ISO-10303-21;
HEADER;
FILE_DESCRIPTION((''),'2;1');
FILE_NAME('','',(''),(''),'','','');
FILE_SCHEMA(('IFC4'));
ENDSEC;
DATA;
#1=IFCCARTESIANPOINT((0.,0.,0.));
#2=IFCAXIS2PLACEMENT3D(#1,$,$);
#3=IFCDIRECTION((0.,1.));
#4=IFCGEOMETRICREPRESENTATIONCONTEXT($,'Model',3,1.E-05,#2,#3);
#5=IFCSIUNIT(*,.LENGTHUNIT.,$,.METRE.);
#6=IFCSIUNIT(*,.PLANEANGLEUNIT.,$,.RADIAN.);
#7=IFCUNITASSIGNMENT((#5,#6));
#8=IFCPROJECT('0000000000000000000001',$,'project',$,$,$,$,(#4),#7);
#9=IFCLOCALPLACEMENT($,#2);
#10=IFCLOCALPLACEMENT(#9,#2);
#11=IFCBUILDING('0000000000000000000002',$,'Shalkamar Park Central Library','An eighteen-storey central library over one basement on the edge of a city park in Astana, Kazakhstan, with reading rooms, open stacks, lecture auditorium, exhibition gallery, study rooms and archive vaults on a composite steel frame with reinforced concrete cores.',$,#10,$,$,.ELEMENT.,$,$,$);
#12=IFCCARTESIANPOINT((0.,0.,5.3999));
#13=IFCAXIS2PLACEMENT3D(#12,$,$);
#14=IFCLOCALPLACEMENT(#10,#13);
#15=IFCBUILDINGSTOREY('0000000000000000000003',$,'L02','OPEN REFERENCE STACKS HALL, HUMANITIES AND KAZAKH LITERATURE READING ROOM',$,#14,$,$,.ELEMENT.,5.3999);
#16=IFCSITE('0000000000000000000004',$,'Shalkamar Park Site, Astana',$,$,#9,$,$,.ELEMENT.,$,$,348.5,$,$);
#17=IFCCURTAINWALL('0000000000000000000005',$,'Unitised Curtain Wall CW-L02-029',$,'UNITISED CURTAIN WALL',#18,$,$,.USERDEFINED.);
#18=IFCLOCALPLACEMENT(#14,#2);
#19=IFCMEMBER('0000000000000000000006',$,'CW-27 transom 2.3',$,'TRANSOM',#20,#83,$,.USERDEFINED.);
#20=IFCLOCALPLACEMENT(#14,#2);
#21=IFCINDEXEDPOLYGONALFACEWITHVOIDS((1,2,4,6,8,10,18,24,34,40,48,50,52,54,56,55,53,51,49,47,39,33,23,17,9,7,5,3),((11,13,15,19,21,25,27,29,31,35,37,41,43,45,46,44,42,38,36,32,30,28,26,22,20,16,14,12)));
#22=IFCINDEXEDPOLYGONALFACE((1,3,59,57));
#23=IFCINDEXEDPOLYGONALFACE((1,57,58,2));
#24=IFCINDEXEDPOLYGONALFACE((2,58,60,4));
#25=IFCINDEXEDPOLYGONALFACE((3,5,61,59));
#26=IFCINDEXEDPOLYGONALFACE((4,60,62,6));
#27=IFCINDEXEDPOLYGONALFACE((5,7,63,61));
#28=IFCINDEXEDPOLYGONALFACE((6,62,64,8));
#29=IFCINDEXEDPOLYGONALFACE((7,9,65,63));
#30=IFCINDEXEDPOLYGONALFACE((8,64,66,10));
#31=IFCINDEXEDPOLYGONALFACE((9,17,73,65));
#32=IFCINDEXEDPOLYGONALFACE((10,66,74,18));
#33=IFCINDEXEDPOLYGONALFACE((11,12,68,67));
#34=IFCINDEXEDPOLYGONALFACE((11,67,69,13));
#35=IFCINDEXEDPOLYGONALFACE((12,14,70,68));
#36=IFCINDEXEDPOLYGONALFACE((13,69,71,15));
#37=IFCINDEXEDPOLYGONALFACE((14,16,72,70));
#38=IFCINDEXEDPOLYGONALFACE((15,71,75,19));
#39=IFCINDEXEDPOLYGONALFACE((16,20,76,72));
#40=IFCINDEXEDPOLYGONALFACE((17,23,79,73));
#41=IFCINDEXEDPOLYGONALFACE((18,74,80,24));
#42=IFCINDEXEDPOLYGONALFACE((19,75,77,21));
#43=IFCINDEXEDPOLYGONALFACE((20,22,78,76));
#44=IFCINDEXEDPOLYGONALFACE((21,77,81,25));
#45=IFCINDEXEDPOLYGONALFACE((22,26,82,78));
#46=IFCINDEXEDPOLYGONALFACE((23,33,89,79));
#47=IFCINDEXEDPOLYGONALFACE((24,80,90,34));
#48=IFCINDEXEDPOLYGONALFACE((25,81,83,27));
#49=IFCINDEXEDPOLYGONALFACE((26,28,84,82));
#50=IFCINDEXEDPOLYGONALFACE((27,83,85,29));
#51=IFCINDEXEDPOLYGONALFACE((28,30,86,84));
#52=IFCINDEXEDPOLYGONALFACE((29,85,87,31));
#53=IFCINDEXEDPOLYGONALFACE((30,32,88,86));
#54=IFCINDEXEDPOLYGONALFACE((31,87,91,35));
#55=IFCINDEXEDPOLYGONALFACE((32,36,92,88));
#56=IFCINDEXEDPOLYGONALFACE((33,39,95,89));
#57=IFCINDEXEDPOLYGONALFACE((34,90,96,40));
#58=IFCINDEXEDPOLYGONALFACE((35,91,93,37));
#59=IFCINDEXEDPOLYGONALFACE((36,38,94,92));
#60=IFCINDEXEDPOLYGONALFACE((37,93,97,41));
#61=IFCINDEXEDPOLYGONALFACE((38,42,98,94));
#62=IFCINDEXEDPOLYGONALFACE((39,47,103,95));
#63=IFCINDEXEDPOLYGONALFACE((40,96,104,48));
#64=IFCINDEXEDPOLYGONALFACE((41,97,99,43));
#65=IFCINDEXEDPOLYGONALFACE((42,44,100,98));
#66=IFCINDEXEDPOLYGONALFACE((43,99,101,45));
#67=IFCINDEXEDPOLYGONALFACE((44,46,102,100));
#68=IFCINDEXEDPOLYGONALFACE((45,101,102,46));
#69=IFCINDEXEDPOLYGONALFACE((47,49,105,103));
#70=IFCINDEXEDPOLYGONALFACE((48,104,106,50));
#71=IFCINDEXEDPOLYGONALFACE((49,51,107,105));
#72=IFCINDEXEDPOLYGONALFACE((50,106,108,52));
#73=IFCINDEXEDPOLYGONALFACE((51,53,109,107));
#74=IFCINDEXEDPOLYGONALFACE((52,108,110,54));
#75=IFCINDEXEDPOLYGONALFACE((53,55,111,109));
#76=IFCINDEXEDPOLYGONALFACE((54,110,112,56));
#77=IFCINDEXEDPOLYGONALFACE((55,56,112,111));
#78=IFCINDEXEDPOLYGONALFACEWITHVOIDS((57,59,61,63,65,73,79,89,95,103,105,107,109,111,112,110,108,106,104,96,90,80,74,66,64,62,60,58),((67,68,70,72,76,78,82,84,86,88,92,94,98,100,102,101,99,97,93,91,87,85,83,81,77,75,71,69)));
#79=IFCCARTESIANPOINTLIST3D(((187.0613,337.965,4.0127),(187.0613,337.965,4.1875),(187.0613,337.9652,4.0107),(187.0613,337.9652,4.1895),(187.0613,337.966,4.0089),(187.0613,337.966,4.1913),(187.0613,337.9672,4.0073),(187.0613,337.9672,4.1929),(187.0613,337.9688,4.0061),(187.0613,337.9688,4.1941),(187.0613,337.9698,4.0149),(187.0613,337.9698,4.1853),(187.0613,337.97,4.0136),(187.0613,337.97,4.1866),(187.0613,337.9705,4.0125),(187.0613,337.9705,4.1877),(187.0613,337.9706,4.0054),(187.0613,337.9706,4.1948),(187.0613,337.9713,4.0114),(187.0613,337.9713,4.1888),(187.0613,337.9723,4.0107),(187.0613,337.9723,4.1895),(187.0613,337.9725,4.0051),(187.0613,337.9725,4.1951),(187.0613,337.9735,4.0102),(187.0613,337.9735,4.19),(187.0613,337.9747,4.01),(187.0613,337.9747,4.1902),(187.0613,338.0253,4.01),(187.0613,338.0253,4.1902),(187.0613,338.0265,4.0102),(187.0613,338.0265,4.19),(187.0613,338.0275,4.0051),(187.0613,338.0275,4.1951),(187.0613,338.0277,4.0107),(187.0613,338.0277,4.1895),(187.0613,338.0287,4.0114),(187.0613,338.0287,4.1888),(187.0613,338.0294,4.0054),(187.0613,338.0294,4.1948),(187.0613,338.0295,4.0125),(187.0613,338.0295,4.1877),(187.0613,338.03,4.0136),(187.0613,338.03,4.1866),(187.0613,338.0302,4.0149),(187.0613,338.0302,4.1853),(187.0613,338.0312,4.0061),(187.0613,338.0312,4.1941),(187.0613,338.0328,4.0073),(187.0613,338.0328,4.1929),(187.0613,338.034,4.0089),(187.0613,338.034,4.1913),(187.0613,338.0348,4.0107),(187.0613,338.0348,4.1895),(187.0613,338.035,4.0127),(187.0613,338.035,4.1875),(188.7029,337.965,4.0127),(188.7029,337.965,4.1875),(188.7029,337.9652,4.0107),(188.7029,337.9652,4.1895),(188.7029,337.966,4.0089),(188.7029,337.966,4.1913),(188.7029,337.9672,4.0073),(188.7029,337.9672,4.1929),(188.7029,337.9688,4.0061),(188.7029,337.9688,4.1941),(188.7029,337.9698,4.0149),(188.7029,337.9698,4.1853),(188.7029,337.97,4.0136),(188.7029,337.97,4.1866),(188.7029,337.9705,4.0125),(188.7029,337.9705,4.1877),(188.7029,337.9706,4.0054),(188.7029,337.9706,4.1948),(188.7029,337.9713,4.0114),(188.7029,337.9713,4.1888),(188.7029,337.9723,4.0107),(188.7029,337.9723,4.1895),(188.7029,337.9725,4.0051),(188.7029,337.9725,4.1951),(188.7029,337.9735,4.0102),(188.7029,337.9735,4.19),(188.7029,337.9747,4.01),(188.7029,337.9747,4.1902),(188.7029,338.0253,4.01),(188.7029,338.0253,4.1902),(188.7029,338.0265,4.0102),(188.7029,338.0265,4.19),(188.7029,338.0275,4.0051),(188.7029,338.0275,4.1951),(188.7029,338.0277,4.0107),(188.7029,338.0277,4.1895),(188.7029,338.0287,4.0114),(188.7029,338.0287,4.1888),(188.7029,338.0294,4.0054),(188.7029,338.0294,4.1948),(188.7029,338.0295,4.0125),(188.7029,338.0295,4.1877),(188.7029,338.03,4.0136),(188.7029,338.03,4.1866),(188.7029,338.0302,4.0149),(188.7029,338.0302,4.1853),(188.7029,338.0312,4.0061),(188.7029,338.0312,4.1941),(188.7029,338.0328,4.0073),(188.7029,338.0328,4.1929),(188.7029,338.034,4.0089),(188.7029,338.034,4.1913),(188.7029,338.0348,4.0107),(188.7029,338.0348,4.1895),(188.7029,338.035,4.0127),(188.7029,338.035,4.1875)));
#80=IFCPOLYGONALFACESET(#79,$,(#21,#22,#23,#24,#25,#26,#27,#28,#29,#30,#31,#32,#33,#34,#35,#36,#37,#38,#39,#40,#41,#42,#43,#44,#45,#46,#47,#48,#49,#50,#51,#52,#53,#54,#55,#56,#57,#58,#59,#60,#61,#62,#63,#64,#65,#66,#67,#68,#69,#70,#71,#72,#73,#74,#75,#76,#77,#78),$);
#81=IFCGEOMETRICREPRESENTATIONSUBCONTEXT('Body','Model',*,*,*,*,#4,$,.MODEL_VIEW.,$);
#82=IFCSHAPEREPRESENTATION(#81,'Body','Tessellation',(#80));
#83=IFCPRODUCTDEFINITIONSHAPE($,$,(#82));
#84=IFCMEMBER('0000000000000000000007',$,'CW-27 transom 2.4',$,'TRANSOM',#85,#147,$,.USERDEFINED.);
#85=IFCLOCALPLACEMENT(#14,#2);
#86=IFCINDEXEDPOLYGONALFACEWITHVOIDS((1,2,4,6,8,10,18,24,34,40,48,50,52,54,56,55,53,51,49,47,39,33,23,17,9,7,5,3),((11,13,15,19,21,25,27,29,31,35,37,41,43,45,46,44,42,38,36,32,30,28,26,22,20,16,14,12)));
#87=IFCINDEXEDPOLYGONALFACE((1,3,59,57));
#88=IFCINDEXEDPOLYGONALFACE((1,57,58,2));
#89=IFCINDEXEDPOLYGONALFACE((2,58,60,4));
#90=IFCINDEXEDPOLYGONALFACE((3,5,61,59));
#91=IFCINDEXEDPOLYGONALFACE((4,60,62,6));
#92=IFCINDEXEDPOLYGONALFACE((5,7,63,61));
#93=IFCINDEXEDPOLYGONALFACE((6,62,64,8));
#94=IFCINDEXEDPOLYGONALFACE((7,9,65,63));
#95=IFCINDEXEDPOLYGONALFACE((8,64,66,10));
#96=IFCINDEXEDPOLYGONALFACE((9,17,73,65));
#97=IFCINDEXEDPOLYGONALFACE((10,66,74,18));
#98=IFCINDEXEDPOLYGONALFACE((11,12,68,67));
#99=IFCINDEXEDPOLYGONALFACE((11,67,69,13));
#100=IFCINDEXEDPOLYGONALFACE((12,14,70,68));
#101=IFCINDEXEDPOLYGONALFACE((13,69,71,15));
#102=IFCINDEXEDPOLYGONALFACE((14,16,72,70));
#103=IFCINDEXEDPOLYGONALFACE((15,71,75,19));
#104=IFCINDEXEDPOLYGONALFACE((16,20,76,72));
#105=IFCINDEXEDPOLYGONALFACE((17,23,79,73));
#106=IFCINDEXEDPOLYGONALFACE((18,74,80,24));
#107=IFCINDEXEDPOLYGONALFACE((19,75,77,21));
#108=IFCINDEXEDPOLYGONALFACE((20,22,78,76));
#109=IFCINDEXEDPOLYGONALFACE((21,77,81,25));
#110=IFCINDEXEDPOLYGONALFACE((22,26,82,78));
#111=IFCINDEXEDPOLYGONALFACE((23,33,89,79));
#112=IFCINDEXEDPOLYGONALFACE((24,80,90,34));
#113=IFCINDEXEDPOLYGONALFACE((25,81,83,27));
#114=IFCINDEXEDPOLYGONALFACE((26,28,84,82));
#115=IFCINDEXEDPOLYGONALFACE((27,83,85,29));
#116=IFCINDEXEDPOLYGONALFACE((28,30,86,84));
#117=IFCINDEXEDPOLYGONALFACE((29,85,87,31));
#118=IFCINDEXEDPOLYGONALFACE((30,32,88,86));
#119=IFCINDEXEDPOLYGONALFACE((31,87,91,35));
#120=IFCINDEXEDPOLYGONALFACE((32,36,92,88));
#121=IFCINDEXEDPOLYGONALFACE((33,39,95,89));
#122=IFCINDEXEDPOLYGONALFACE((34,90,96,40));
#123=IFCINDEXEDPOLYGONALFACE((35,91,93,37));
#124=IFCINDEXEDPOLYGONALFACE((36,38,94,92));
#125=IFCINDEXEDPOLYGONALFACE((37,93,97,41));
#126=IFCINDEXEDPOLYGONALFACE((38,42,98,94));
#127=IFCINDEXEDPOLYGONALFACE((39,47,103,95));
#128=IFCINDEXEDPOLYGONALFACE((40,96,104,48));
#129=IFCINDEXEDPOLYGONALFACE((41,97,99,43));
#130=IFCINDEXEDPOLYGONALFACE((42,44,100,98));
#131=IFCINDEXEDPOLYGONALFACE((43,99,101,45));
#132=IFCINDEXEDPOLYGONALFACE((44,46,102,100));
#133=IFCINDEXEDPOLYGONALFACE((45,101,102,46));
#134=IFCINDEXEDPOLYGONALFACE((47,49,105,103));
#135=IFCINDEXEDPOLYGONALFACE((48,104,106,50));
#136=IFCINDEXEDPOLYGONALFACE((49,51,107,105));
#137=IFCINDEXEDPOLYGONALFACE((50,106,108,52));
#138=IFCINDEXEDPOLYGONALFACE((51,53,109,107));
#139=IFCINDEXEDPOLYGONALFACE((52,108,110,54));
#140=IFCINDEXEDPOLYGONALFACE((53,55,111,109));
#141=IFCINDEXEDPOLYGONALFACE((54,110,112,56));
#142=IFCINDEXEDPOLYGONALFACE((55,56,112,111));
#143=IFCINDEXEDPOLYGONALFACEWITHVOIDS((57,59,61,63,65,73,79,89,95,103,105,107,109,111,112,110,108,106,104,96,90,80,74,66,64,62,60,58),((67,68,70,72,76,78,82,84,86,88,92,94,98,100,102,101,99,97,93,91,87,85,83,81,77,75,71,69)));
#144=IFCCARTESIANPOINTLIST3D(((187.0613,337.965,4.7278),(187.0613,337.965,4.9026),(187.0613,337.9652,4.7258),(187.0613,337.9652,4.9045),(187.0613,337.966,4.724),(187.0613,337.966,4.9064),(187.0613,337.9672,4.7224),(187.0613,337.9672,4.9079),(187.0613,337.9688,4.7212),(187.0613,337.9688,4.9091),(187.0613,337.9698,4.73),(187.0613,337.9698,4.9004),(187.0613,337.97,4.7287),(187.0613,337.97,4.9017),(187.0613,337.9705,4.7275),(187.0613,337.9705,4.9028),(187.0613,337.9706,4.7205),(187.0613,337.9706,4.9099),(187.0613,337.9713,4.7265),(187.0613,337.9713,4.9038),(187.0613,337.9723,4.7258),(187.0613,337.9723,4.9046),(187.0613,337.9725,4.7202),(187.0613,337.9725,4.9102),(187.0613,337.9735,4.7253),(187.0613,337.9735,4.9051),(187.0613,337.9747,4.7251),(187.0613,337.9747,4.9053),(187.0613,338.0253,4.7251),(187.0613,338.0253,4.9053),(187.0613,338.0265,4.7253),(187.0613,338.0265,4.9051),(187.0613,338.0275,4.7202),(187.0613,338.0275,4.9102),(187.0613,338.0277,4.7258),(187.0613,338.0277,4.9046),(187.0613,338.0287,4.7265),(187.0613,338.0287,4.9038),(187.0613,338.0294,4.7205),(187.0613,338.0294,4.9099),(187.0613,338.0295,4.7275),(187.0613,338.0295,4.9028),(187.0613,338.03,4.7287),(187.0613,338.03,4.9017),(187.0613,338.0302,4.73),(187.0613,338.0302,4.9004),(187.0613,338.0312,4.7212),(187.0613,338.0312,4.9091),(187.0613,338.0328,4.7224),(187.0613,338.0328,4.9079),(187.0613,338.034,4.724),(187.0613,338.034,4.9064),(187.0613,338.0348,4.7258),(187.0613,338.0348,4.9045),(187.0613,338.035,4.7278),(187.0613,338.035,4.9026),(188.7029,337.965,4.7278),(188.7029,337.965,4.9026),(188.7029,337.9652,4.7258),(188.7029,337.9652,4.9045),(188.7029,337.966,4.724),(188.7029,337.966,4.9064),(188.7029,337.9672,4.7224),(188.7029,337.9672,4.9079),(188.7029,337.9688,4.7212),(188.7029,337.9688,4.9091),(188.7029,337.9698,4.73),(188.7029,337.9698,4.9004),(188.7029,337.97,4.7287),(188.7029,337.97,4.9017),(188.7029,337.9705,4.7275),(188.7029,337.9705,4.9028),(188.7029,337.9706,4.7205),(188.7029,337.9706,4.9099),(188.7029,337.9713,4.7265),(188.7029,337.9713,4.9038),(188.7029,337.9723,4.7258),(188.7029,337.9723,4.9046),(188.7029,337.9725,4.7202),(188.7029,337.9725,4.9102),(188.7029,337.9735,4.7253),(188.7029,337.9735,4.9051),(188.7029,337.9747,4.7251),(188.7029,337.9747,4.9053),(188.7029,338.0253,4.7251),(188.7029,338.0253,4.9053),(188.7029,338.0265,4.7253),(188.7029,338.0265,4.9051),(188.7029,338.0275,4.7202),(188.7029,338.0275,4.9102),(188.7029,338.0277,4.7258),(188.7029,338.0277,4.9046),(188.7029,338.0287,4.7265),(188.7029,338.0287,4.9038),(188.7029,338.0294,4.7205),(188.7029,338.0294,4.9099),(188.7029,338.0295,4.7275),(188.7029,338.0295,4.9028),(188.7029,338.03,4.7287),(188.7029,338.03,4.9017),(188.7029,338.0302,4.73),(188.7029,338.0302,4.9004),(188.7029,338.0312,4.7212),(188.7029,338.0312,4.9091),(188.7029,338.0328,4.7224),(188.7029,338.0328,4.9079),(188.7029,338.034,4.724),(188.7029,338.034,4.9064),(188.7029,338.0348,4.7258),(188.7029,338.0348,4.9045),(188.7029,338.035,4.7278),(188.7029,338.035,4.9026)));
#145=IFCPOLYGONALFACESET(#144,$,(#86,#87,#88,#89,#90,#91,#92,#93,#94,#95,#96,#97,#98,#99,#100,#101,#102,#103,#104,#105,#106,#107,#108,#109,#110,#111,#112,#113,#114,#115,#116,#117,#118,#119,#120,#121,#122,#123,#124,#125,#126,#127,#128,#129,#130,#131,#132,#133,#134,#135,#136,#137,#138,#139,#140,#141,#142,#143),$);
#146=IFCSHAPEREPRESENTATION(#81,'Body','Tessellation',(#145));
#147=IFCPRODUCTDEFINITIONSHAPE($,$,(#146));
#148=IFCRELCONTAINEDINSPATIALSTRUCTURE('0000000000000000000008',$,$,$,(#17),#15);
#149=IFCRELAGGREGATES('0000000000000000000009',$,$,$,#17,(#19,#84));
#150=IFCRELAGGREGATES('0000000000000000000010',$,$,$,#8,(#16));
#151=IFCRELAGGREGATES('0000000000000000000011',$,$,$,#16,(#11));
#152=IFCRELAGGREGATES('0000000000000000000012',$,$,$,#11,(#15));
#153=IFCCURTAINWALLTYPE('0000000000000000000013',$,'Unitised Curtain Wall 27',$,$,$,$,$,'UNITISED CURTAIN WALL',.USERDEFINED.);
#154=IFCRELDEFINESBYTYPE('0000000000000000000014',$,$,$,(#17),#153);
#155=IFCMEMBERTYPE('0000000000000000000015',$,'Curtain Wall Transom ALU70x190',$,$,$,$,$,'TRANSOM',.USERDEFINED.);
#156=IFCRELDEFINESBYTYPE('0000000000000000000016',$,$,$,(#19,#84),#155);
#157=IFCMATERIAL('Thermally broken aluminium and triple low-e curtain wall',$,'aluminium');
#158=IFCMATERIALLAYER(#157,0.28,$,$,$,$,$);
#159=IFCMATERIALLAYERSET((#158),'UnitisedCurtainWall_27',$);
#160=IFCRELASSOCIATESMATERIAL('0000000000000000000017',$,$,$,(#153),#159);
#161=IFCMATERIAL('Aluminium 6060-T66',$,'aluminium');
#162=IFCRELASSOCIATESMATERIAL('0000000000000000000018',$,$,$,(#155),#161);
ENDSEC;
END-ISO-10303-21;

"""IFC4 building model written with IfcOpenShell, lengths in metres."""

from ifc_helpers import new_model, si_unit, direction, frame, origin, origin_2d, place, context, subcontext, project, spatial, hollow_rectangle, extrude, material, layer, layer_set, material_profile, profile_set, type_object, element, aggregate, save


model = new_model("IFC4")

# Units and contexts
model_context = context("Model", 3, precision=1e-05, world=origin(), true_north=direction((0.0, 1.0)))
body_context = subcontext(model_context, "Body", "Model", "MODEL_VIEW")
ifc_project = project(units=[si_unit("LENGTHUNIT", "METRE"), si_unit("PLANEANGLEUNIT", "RADIAN")], contexts=[model_context])

# Site, building, storey
site_placement = place(None, origin())
site = spatial("IfcSite", under=ifc_project, at=site_placement, Name="Shalkamar Park Site, Astana", CompositionType="ELEMENT", RefElevation=348.5)
building_placement = place(site_placement, origin())
building = spatial("IfcBuilding", under=site, at=building_placement, Name="Shalkamar Park Central Library", Description="An eighteen-storey central library over one basement on the edge of a city park in Astana, Kazakhstan, with reading rooms, open stacks, lecture auditorium, exhibition gallery, study rooms and archive vaults on a composite steel frame with reinforced concrete cores.", CompositionType="ELEMENT")
storey_placement = place(building_placement, frame((0.0, 0.0, 5.3999)))
storey = spatial("IfcBuildingStorey", under=building, at=storey_placement, Name="L02", Description="OPEN REFERENCE STACKS HALL, HUMANITIES AND KAZAKH LITERATURE READING ROOM", CompositionType="ELEMENT", Elevation=5.3999)

# Shared definitions
ifc_material_1 = material(Name="Thermally broken aluminium and triple low-e curtain wall", Category="aluminium")
ifc_material_2 = material(Name="Aluminium 6060-T66", Category="aluminium")

# Curtain wall
ifc_layer_1 = layer(ifc_material_1, 0.28)
ifc_layer_set_1 = layer_set([ifc_layer_1], Name="UnitisedCurtainWall_27")
curtain_wall_type_1 = type_object("IfcCurtainWallType", Name="Unitised Curtain Wall 27", ElementType="UNITISED CURTAIN WALL", PredefinedType="USERDEFINED", material=ifc_layer_set_1)
curtain_wall_1_placement = place(storey_placement, origin())
curtain_wall_1 = element("IfcCurtainWall", 1, at=curtain_wall_1_placement, inside=storey, type_object=curtain_wall_type_1, Name="Unitised Curtain Wall CW-L02-029", ObjectType="UNITISED CURTAIN WALL", PredefinedType="USERDEFINED")

# Members
ifc_material_profile_1 = material_profile(ifc_material_2, hollow_rectangle(XDim=0.0701, YDim=0.1899, WallThickness=0.0049, InnerFilletRadius=0.0049, OuterFilletRadius=0.0076, at=origin_2d()), Name="ALU 70x190x5")
ifc_profile_set_1 = profile_set([ifc_material_profile_1], Name="Aluminium 6060-T66")
member_type_1 = type_object("IfcMemberType", Name="Curtain Wall Transom ALU70x190", ElementType="TRANSOM", PredefinedType="USERDEFINED", material=ifc_profile_set_1)
member_1_placement = place(storey_placement, frame((187.0613, 338.0, 4.1001), z_axis=(1.0, 0.0, 0.0), x_axis=(0.0, 1.0, 0.0)))
member_1 = element("IfcMember", 2, at=member_1_placement, type_object=member_type_1, Name="CW-27 transom 2.3", ObjectType="TRANSOM", PredefinedType="USERDEFINED", context=body_context, shape_type="SweptSolid", body=[
    extrude(hollow_rectangle(XDim=0.0701, YDim=0.1899, WallThickness=0.0049, InnerFilletRadius=0.0049, OuterFilletRadius=0.0076, at=origin_2d()), origin(), (0.0, 0.0, 1.0), 1.6416),
])
member_2_placement = place(storey_placement, frame((187.0613, 338.0, 4.8152), z_axis=(1.0, 0.0, 0.0), x_axis=(0.0, 1.0, 0.0)))
member_2 = element("IfcMember", 3, at=member_2_placement, type_object=member_type_1, Name="CW-27 transom 2.4", ObjectType="TRANSOM", PredefinedType="USERDEFINED", context=body_context, shape_type="SweptSolid", body=[
    extrude(hollow_rectangle(XDim=0.0701, YDim=0.1899, WallThickness=0.0049, InnerFilletRadius=0.0049, OuterFilletRadius=0.0076, at=origin_2d()), origin(), (0.0, 0.0, 1.0), 1.6416),
])

aggregate(curtain_wall_1, [member_1, member_2])

save(model, "model.ifc")
